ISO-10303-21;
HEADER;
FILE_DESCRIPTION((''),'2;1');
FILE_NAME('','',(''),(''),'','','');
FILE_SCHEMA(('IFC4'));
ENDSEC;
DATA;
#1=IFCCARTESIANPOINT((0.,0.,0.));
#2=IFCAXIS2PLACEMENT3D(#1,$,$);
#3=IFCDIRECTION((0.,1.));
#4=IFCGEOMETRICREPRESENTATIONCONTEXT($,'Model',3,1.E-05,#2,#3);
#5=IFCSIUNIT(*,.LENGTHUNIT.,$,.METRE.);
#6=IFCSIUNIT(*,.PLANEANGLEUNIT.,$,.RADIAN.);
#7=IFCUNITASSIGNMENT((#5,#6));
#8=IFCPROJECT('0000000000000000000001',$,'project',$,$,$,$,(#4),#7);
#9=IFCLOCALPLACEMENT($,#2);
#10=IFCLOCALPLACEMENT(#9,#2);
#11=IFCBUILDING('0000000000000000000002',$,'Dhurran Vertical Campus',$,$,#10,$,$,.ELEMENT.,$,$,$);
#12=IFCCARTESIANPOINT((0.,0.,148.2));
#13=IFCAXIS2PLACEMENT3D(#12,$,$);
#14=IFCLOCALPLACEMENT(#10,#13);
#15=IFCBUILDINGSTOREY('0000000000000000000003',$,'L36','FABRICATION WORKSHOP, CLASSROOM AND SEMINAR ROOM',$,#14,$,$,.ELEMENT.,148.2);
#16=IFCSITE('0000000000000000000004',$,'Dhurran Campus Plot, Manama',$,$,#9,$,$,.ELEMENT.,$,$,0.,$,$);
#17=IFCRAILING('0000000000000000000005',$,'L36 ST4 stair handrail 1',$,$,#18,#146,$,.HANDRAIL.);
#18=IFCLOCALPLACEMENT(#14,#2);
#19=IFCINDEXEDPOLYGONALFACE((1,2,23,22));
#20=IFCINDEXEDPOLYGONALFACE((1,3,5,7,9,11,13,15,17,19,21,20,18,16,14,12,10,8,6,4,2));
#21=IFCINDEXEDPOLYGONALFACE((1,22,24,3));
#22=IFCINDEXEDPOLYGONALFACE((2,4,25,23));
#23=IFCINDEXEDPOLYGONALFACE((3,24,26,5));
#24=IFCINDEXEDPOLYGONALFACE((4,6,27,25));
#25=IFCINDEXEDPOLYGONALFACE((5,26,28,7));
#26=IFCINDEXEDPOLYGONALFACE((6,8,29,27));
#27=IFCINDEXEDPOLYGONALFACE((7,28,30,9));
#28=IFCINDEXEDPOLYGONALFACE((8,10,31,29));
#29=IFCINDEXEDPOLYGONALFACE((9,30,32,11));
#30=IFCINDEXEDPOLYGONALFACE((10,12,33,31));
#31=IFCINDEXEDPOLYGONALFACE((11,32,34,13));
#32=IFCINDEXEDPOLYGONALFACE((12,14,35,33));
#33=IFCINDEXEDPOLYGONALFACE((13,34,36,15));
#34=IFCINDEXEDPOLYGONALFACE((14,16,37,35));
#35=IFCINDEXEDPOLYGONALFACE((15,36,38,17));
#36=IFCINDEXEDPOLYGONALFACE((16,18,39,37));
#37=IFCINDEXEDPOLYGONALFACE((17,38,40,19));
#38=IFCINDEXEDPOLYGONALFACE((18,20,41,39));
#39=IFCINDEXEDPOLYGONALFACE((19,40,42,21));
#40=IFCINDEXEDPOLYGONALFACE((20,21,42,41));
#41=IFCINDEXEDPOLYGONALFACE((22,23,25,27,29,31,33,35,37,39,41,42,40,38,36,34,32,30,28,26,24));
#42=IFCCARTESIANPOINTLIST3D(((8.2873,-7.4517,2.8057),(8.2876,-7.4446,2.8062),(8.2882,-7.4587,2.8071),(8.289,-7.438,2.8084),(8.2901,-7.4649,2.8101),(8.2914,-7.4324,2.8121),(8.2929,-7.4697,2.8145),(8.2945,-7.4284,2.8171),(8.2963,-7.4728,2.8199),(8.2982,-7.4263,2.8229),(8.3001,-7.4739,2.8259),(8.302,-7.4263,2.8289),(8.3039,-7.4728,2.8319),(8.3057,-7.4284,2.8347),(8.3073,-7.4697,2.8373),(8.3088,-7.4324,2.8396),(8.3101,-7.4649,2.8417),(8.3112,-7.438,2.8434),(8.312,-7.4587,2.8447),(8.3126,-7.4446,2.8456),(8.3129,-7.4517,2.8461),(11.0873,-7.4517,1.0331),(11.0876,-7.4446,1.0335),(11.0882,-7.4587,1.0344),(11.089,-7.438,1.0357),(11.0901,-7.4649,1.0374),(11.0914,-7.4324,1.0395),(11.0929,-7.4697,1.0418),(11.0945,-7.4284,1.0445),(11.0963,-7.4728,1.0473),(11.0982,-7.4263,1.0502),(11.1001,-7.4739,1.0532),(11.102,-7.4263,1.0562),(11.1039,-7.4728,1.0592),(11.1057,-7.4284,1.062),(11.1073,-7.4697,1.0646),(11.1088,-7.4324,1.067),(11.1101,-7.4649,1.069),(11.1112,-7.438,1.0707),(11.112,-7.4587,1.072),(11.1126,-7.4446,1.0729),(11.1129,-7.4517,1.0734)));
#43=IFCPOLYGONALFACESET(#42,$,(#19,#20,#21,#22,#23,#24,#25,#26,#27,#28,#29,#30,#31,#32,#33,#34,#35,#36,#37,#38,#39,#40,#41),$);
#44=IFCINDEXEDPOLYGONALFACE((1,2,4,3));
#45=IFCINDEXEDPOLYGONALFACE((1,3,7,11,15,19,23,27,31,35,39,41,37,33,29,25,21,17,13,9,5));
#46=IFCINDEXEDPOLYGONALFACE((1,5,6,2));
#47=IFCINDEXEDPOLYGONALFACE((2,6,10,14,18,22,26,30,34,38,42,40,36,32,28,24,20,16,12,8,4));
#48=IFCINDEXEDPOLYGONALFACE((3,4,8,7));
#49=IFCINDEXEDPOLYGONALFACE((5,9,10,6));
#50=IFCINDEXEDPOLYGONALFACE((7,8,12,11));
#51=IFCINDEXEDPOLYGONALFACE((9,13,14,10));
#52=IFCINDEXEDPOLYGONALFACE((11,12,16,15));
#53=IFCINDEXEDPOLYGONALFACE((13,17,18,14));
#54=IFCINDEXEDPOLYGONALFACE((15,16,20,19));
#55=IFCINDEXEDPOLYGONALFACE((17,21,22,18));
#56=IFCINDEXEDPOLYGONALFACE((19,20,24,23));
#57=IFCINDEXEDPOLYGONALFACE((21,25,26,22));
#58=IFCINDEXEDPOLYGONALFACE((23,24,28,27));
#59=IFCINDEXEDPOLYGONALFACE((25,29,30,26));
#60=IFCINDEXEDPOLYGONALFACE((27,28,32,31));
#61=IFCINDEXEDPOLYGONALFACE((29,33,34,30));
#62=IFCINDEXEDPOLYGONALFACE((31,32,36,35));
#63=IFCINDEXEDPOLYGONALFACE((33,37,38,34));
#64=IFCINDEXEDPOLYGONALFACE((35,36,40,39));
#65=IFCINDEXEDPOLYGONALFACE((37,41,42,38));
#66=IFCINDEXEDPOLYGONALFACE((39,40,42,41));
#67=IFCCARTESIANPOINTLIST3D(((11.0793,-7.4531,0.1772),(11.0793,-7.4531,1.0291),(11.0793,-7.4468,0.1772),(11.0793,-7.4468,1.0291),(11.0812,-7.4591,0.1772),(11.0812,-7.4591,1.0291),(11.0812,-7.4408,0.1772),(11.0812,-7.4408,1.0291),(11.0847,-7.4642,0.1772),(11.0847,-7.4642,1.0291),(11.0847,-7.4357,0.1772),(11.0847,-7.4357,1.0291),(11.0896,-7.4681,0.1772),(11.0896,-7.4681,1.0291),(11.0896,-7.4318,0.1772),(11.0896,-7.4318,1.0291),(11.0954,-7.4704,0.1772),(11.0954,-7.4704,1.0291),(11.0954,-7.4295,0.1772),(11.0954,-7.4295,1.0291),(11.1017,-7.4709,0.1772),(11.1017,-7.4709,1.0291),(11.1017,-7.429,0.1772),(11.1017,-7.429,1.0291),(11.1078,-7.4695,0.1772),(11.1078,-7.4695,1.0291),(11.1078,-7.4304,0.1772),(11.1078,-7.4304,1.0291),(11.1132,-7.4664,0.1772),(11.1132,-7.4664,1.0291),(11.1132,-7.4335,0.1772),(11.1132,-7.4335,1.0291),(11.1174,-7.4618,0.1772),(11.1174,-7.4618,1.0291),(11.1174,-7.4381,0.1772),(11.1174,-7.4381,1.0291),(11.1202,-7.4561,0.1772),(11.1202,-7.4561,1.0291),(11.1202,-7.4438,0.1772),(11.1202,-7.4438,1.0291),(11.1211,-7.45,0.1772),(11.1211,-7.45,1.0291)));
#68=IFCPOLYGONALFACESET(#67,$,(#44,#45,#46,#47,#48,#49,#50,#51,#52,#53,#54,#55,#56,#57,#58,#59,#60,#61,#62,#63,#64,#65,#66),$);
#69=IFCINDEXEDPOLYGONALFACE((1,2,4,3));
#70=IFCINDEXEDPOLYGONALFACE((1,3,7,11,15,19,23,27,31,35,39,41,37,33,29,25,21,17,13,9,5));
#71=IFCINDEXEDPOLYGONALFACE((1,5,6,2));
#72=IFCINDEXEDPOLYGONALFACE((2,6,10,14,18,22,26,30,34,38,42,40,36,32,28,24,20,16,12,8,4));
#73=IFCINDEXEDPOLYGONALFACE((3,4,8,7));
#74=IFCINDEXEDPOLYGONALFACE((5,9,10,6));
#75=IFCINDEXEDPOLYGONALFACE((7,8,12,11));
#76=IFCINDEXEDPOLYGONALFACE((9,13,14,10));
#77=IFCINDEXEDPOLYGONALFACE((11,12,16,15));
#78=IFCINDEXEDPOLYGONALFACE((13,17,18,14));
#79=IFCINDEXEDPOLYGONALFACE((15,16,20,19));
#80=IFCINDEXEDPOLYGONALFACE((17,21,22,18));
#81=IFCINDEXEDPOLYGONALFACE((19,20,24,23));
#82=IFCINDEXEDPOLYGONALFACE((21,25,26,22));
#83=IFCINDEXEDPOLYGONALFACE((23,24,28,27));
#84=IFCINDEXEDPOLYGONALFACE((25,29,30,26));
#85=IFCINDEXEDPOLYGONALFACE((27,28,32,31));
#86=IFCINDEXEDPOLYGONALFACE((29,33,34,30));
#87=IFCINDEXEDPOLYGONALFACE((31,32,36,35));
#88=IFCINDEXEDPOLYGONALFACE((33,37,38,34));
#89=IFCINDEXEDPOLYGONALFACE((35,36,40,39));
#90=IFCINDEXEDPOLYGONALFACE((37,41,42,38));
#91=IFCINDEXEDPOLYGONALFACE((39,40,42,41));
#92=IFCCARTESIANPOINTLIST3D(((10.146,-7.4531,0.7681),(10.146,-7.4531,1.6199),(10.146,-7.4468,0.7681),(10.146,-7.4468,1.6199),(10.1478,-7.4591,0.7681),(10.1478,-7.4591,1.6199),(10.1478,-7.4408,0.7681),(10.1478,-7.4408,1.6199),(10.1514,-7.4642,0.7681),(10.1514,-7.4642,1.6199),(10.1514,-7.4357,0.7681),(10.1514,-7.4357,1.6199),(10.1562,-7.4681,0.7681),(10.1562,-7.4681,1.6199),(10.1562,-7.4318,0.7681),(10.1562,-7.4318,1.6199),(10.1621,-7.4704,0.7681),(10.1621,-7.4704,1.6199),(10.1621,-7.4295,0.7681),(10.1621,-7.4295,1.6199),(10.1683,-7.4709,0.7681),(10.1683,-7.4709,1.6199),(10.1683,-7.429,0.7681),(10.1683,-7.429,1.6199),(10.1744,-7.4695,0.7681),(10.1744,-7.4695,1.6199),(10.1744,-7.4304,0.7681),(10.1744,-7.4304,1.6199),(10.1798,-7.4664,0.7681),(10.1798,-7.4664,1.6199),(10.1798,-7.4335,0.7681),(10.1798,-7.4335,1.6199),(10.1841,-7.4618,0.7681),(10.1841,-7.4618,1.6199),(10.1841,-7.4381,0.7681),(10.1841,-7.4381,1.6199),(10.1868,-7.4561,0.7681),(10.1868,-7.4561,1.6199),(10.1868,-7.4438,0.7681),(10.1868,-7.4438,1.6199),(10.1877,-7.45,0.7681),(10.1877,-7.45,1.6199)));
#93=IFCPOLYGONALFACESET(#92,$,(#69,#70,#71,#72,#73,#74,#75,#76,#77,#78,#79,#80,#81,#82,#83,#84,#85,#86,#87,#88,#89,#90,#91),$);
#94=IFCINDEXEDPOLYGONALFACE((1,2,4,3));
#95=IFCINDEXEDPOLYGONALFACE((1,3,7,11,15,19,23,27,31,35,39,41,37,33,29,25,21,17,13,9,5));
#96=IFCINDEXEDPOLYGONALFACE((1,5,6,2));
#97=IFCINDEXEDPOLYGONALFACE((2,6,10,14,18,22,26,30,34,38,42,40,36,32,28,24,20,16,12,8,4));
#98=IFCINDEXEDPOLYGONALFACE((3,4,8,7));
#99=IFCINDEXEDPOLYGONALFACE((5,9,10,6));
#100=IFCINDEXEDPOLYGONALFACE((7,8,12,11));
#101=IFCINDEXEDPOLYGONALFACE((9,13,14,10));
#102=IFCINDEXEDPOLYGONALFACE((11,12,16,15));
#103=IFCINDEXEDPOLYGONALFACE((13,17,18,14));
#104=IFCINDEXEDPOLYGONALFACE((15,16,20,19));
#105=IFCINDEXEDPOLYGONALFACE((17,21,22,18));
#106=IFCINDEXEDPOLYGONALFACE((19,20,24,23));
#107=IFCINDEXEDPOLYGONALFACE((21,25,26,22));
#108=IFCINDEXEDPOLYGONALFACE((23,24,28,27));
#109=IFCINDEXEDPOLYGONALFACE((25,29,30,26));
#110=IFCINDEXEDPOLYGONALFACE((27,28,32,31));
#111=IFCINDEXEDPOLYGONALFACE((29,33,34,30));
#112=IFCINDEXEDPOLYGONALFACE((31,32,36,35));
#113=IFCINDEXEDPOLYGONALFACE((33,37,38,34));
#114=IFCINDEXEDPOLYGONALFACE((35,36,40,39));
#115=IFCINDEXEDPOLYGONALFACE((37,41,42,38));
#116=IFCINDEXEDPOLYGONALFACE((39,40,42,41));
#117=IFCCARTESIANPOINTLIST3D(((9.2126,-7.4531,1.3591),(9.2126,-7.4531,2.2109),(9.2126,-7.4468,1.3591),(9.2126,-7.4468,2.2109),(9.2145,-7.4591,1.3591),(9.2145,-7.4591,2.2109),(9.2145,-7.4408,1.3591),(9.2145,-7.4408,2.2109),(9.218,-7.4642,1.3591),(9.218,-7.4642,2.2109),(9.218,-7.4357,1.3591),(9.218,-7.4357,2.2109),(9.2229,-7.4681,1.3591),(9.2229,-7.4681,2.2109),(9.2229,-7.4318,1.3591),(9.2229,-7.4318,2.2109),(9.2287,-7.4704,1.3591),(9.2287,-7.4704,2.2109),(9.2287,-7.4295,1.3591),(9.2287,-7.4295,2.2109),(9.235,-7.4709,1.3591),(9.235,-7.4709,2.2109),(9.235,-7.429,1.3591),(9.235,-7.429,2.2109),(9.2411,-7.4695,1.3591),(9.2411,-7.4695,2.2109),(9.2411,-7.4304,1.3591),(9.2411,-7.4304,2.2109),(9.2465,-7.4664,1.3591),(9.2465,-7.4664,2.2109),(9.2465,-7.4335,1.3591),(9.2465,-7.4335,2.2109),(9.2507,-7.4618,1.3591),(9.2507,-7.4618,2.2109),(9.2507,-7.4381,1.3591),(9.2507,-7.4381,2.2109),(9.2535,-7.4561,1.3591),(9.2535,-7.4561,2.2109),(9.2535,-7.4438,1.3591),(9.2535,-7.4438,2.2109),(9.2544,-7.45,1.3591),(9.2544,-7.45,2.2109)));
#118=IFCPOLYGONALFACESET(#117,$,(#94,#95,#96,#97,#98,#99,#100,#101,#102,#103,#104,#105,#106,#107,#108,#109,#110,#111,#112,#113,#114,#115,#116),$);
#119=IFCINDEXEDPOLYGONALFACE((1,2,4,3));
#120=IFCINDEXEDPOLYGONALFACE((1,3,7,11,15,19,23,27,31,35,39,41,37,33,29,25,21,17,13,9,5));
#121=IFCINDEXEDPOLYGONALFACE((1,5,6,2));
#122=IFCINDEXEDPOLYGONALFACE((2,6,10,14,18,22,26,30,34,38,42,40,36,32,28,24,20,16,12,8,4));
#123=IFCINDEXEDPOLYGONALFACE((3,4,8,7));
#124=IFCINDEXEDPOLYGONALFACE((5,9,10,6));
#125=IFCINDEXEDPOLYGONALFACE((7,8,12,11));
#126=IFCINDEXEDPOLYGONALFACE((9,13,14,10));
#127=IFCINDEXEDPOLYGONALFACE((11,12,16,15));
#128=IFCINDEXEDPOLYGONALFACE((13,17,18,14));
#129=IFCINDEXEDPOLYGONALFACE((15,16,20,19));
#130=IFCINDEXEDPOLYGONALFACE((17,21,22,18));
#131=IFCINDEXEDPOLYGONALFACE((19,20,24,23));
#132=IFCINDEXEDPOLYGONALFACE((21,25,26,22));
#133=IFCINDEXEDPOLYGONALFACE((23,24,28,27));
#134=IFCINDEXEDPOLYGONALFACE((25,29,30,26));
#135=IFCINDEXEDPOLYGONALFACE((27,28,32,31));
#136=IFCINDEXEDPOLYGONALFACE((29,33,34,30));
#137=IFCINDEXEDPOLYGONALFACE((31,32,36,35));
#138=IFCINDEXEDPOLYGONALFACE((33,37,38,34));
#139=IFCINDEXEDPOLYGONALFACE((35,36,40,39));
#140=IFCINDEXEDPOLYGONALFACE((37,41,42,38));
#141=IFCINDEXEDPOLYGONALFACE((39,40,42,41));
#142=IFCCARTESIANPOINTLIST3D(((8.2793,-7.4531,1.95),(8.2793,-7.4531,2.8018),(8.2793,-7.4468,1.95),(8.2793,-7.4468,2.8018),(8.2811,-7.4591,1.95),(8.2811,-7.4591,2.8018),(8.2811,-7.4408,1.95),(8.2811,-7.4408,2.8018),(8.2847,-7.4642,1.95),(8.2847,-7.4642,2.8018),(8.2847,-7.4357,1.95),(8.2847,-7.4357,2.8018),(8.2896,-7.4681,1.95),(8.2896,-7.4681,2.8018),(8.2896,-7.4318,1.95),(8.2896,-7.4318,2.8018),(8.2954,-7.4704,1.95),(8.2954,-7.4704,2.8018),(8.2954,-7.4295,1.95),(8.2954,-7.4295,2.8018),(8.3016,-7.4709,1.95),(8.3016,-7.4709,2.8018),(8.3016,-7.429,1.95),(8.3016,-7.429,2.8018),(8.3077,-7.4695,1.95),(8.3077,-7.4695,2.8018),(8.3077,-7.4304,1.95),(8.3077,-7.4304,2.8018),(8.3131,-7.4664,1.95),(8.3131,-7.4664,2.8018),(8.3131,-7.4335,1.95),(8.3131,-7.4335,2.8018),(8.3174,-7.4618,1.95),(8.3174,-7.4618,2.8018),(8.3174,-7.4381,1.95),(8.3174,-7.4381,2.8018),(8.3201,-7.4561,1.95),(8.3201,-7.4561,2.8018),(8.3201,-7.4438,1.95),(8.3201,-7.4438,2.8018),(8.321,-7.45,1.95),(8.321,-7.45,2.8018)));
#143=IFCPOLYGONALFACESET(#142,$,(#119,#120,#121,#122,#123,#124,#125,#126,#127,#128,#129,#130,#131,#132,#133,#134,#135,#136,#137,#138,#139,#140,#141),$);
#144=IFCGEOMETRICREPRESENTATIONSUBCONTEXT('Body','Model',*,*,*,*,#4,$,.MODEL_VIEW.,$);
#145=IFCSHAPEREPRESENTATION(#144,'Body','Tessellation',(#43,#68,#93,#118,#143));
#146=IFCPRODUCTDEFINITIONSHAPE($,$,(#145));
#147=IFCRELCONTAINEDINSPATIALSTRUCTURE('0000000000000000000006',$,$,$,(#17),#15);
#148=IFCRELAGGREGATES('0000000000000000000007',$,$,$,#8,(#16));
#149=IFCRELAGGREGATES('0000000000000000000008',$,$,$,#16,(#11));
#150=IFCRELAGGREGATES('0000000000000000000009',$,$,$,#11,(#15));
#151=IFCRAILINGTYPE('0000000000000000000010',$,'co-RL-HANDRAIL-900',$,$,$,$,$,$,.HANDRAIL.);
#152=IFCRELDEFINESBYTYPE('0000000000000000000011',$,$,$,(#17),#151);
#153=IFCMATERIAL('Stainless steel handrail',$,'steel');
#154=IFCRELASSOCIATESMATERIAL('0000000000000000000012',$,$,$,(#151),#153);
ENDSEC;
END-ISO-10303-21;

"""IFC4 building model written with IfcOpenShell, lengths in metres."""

from ifc_helpers import new_model, si_unit, direction, frame, origin, origin_2d, place, context, subcontext, project, spatial, circle, extrude, material, type_object, element, save


model = new_model("IFC4")

# Units and contexts
model_context = context("Model", 3, precision=1e-05, world=origin(), true_north=direction((0.0, 1.0)))
body_context = subcontext(model_context, "Body", "Model", "MODEL_VIEW")
ifc_project = project(units=[si_unit("LENGTHUNIT", "METRE"), si_unit("PLANEANGLEUNIT", "RADIAN")], contexts=[model_context])

# Site, building, storey
site_placement = place(None, origin())
site = spatial("IfcSite", under=ifc_project, at=site_placement, Name="Dhurran Campus Plot, Manama", CompositionType="ELEMENT", RefElevation=0.0)
building_placement = place(site_placement, origin())
building = spatial("IfcBuilding", under=site, at=building_placement, Name="Dhurran Vertical Campus", CompositionType="ELEMENT")
storey_placement = place(building_placement, frame((0.0, 0.0, 148.2)))
storey = spatial("IfcBuildingStorey", under=building, at=storey_placement, Name="L36", Description="FABRICATION WORKSHOP, CLASSROOM AND SEMINAR ROOM", CompositionType="ELEMENT", Elevation=148.2)

# Railing
ifc_material_1 = material(Name="Stainless steel handrail", Category="steel")
railing_type_1 = type_object("IfcRailingType", Name="co-RL-HANDRAIL-900", PredefinedType="HANDRAIL", material=ifc_material_1)
railing_1_placement = place(storey_placement, frame((11.1001, -7.45, 0.1772)))
element("IfcRailing", 1, at=railing_1_placement, inside=storey, type_object=railing_type_1, Name="L36 ST4 stair handrail 1", PredefinedType="HANDRAIL", context=body_context, shape_type="SweptSolid", body=[
    extrude(circle(Radius=0.0239, at=origin_2d()), frame((0.0, 0.0, 0.876), z_axis=(-0.844909, 0.0, 0.53491), x_axis=(0.0, -1.0, 0.0)), (0.0, 0.0, 1.0), 3.314),
    extrude(circle(Radius=0.021, at=origin_2d()), origin(), (0.0, 0.0, 1.0), 0.8518),
    extrude(circle(Radius=0.021, at=origin_2d()), frame((-0.9333, 0.0, 0.5908)), (0.0, 0.0, 1.0), 0.8518),
    extrude(circle(Radius=0.021, at=origin_2d()), frame((-1.8667, 0.0, 1.1819)), (0.0, 0.0, 1.0), 0.8518),
    extrude(circle(Radius=0.021, at=origin_2d()), frame((-2.8, 0.0, 1.7727)), (0.0, 0.0, 1.0), 0.8518),
])

save(model, "model.ifc")
